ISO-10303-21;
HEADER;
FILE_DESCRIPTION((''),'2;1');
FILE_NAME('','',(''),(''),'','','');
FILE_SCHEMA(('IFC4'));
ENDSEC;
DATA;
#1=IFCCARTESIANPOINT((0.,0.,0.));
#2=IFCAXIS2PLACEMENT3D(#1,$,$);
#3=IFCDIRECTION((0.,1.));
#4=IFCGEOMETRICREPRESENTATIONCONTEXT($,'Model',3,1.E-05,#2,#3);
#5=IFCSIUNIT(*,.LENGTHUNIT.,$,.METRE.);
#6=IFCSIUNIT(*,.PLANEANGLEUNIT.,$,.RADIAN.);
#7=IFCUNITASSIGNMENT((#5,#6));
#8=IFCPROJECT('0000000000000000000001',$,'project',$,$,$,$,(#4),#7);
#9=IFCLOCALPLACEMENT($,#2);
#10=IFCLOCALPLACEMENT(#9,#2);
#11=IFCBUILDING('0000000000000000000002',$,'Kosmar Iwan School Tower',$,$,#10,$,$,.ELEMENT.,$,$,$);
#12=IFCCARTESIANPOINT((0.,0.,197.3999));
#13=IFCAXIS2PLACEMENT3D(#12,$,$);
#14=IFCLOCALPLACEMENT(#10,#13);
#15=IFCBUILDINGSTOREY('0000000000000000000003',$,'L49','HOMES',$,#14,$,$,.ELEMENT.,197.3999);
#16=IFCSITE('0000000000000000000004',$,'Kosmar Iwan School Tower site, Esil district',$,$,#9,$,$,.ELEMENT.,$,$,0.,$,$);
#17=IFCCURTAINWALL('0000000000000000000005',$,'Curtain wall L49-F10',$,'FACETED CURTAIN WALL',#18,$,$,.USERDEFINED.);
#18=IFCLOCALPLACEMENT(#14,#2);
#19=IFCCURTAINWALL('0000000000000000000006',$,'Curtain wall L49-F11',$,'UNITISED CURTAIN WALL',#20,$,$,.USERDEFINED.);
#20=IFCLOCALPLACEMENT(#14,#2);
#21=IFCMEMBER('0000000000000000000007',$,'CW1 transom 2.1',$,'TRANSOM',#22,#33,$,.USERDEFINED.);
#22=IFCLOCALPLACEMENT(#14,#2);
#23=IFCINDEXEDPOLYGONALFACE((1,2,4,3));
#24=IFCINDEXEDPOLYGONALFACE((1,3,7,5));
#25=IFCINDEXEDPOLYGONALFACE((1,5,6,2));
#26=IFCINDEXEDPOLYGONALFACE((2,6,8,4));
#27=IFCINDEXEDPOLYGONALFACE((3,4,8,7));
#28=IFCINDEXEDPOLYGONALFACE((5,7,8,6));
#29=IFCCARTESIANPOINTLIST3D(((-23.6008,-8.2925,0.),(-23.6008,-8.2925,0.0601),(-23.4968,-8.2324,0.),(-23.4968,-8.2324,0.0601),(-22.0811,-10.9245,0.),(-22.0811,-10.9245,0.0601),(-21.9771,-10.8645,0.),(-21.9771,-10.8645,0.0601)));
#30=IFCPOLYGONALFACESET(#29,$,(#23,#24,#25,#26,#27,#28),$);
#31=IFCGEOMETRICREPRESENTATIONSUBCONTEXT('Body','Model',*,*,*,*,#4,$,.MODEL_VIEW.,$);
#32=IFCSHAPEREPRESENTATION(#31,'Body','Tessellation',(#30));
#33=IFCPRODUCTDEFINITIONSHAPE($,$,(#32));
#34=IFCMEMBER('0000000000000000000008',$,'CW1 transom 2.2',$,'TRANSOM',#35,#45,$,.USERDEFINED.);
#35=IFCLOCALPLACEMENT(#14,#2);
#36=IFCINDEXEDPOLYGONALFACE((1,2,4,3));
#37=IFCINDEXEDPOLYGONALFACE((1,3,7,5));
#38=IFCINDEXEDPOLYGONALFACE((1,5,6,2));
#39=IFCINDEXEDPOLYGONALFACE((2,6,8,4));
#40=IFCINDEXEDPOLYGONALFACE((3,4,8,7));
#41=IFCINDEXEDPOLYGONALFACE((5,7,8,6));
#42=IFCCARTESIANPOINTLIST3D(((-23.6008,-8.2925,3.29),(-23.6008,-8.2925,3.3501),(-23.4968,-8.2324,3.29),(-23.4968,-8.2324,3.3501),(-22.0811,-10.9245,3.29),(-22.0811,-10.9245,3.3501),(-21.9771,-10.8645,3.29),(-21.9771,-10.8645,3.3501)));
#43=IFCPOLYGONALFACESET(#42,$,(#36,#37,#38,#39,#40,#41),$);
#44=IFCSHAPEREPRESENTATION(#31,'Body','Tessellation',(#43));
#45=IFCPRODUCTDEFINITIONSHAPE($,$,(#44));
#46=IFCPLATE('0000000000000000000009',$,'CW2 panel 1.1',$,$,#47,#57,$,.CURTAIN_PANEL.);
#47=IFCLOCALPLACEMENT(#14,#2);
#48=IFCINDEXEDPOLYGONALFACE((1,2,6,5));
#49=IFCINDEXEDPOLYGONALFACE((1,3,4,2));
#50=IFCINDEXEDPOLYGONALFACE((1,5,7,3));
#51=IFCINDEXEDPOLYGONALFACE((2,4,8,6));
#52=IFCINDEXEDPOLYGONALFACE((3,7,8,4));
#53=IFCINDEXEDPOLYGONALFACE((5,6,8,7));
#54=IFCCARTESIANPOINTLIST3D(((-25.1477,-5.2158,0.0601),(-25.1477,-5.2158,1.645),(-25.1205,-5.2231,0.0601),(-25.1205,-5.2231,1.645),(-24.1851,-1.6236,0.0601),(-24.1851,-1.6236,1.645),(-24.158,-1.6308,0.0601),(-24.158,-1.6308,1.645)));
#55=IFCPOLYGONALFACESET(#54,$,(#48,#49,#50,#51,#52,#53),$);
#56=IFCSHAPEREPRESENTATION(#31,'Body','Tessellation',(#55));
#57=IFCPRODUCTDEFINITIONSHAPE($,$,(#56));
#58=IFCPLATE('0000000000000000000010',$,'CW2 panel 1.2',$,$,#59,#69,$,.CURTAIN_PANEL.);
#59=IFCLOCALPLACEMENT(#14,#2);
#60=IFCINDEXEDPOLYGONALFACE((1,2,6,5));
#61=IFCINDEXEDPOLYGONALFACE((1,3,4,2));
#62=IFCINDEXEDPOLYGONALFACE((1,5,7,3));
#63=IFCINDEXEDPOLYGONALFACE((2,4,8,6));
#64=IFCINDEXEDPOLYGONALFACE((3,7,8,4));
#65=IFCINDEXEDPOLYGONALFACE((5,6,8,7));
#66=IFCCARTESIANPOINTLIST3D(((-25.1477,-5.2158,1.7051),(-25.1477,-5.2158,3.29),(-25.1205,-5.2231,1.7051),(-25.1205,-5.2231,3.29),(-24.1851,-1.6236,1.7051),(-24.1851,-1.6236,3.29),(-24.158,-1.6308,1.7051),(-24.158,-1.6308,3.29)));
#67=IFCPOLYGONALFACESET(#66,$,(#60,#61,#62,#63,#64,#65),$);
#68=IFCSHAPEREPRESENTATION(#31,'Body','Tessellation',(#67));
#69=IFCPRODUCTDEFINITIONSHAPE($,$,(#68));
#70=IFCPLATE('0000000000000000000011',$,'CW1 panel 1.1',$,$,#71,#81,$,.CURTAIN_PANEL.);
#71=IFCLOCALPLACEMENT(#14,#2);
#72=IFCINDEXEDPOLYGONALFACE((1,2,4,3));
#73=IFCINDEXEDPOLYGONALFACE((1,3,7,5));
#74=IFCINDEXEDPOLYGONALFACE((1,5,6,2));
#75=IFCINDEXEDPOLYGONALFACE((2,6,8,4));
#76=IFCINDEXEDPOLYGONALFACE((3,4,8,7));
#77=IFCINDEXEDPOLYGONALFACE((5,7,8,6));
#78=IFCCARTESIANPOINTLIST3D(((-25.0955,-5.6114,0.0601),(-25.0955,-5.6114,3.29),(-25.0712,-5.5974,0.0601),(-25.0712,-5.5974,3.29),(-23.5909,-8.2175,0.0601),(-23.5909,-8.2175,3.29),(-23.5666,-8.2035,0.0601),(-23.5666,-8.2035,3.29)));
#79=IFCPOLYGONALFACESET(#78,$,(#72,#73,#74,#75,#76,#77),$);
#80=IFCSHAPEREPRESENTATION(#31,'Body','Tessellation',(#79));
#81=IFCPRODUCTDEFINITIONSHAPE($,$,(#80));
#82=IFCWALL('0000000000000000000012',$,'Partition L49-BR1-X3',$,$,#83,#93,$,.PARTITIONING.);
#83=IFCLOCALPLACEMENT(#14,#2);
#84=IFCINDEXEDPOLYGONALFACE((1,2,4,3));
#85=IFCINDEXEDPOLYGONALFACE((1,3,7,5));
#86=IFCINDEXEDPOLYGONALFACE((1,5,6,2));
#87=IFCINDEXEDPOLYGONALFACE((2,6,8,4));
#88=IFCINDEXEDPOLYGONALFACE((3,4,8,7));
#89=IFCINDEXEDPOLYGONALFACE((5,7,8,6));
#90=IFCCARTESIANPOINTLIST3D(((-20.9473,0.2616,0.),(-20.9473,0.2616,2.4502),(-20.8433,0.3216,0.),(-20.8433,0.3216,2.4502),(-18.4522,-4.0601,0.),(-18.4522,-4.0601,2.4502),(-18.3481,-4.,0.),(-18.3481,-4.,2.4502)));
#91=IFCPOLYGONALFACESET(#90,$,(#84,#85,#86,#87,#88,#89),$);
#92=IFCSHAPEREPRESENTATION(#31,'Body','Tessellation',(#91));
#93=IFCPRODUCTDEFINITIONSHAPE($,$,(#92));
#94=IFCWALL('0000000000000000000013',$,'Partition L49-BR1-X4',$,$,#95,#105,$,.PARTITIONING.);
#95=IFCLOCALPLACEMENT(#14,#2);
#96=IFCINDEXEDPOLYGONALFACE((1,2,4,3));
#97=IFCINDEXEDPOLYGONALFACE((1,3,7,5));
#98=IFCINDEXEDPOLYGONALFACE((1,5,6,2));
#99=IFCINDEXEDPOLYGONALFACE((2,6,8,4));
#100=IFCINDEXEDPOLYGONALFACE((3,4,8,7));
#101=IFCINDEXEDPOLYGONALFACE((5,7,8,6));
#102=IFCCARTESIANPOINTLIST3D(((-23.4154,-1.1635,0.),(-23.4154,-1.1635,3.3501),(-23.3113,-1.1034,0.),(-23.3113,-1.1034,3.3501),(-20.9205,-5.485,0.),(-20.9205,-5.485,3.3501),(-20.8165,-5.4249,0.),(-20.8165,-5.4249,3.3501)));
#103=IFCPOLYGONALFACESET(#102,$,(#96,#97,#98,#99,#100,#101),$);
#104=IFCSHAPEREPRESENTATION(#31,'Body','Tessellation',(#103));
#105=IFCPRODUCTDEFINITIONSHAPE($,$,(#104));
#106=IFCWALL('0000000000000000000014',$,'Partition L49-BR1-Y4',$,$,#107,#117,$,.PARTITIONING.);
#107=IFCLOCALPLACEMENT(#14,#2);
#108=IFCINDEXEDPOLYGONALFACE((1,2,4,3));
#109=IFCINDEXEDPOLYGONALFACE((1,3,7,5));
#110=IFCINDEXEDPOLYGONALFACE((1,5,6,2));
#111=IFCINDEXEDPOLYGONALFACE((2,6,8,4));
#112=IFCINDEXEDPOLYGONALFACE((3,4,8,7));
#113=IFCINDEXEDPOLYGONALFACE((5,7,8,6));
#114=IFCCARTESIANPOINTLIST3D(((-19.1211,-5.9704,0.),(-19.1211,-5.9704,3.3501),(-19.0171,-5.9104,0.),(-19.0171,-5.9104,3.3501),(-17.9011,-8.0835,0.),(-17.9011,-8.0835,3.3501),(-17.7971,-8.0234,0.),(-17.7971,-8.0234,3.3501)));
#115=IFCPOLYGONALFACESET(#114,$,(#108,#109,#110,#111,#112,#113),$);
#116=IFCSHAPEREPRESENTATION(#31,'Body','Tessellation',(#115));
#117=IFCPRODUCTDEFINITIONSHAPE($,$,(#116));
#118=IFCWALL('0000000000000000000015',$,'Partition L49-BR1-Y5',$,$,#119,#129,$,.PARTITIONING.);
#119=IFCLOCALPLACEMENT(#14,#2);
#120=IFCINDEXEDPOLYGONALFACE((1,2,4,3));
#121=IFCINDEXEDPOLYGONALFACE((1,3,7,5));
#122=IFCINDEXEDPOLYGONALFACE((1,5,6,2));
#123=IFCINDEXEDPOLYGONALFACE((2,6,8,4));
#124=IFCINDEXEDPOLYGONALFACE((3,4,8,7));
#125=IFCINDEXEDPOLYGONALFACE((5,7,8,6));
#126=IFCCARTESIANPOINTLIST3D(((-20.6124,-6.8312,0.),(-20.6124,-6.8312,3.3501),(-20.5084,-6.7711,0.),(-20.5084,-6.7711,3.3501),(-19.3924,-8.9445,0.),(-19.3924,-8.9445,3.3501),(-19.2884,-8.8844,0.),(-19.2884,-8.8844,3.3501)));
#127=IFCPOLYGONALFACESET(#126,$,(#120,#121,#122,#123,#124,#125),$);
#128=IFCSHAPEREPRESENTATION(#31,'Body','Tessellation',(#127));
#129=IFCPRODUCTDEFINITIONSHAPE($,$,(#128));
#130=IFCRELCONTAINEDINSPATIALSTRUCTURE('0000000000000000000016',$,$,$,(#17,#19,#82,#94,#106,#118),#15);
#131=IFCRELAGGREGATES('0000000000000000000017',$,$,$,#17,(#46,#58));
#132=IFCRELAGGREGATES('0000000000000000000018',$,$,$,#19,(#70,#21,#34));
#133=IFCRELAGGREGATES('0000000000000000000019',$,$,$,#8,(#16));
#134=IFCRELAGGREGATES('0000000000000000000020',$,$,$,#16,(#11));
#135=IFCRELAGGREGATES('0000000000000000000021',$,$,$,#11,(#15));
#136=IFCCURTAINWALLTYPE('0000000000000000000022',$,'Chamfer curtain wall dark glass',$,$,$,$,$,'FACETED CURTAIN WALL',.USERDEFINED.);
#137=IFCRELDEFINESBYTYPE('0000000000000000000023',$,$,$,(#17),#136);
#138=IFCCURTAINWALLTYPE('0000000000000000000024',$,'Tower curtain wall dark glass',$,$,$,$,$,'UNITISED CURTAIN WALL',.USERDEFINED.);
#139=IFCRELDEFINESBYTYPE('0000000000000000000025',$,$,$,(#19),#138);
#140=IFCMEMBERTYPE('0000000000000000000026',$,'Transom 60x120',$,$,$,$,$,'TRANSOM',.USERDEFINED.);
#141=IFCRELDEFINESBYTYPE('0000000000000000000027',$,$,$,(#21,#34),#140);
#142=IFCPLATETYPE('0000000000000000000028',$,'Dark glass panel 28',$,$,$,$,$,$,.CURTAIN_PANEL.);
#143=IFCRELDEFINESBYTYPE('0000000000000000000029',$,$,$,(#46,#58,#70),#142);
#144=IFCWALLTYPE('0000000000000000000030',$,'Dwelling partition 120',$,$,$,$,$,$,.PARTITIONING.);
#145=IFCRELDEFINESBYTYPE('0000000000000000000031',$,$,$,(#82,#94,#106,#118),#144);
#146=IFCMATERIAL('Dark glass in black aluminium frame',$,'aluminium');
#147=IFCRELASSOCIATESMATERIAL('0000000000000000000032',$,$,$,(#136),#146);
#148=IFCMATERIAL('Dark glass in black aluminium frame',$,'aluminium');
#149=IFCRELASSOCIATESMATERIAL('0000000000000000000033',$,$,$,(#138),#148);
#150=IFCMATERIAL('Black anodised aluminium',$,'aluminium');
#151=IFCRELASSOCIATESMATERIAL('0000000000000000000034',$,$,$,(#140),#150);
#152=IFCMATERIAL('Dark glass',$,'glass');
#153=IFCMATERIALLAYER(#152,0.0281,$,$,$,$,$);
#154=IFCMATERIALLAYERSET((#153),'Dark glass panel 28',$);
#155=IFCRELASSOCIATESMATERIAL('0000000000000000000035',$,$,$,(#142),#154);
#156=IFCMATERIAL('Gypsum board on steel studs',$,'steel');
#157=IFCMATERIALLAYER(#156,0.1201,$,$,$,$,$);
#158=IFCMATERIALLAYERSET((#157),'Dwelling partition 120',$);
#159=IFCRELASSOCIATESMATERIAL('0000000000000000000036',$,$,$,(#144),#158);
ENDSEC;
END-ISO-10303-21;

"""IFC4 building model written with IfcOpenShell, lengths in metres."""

from ifc_helpers import new_model, si_unit, direction, frame, frame_2d, origin, origin_2d, place, context, subcontext, project, spatial, rectangle, extrude, material, layer, layer_set, material_profile, profile_set, type_object, element, aggregate, save


model = new_model("IFC4")

# Units and contexts
model_context = context("Model", 3, precision=1e-05, world=origin(), true_north=direction((0.0, 1.0)))
body_context = subcontext(model_context, "Body", "Model", "MODEL_VIEW")
ifc_project = project(units=[si_unit("LENGTHUNIT", "METRE"), si_unit("PLANEANGLEUNIT", "RADIAN")], contexts=[model_context])

# Site, building, storey
site_placement = place(None, origin())
site = spatial("IfcSite", under=ifc_project, at=site_placement, Name="Kosmar Iwan School Tower site, Esil district", CompositionType="ELEMENT", RefElevation=0.0)
building_placement = place(site_placement, origin())
building = spatial("IfcBuilding", under=site, at=building_placement, Name="Kosmar Iwan School Tower", CompositionType="ELEMENT")
storey_placement = place(building_placement, frame((0.0, 0.0, 197.3999)))
storey = spatial("IfcBuildingStorey", under=building, at=storey_placement, Name="L49", Description="HOMES", CompositionType="ELEMENT", Elevation=197.3999)

# Curtain walls
ifc_material_1 = material(Name="Dark glass in black aluminium frame", Category="aluminium")
curtain_wall_type_1 = type_object("IfcCurtainWallType", Name="Chamfer curtain wall dark glass", ElementType="FACETED CURTAIN WALL", PredefinedType="USERDEFINED", material=ifc_material_1)
curtain_wall_1_placement = place(storey_placement, origin())
curtain_wall_1 = element("IfcCurtainWall", 1, at=curtain_wall_1_placement, inside=storey, type_object=curtain_wall_type_1, Name="Curtain wall L49-F10", ObjectType="FACETED CURTAIN WALL", PredefinedType="USERDEFINED")
ifc_material_2 = material(Name="Dark glass in black aluminium frame", Category="aluminium")
curtain_wall_type_2 = type_object("IfcCurtainWallType", Name="Tower curtain wall dark glass", ElementType="UNITISED CURTAIN WALL", PredefinedType="USERDEFINED", material=ifc_material_2)
curtain_wall_2_placement = place(storey_placement, origin())
curtain_wall_2 = element("IfcCurtainWall", 2, at=curtain_wall_2_placement, inside=storey, type_object=curtain_wall_type_2, Name="Curtain wall L49-F11", ObjectType="UNITISED CURTAIN WALL", PredefinedType="USERDEFINED")

# Members
ifc_material_3 = material(Name="Black anodised aluminium", Category="aluminium")
ifc_material_profile_1 = material_profile(ifc_material_3, rectangle(XDim=0.1201, YDim=0.0601, at=origin_2d()), Name="TRANSOM 60x120")
ifc_profile_set_1 = profile_set([ifc_material_profile_1], Name="Black anodised aluminium")
member_type_1 = type_object("IfcMemberType", Name="Transom 60x120", ElementType="TRANSOM", PredefinedType="USERDEFINED", material=ifc_profile_set_1)
member_1_placement = place(storey_placement, frame((-23.5488, -8.2625, 0.03), z_axis=(0.500035, -0.866005, 0.0), x_axis=(0.866005, 0.500035, 0.0)))
member_1 = element("IfcMember", 3, at=member_1_placement, type_object=member_type_1, Name="CW1 transom 2.1", ObjectType="TRANSOM", PredefinedType="USERDEFINED", context=body_context, shape_type="SweptSolid", body=[
    extrude(rectangle(XDim=0.1201, YDim=0.0601, at=origin_2d()), origin(), (0.0, 0.0, 1.0), 3.0393),
])
member_2_placement = place(storey_placement, frame((-23.5488, -8.2625, 3.3201), z_axis=(0.500035, -0.866005, 0.0), x_axis=(0.866005, 0.500035, 0.0)))
member_2 = element("IfcMember", 4, at=member_2_placement, type_object=member_type_1, Name="CW1 transom 2.2", ObjectType="TRANSOM", PredefinedType="USERDEFINED", context=body_context, shape_type="SweptSolid", body=[
    extrude(rectangle(XDim=0.1201, YDim=0.0601, at=origin_2d()), origin(), (0.0, 0.0, 1.0), 3.0393),
])

# Plates
ifc_material_4 = material(Name="Dark glass", Category="glass")
ifc_layer_1 = layer(ifc_material_4, 0.0281)
ifc_layer_set_1 = layer_set([ifc_layer_1], Name="Dark glass panel 28")
plate_type = type_object("IfcPlateType", Name="Dark glass panel 28", PredefinedType="CURTAIN_PANEL", material=ifc_layer_set_1)
plate_1_placement = place(storey_placement, frame((-24.6528, -3.4233, 0.0601), z_axis=(0.0, 0.0, 1.0), x_axis=(-0.258819, -0.965926, 0.0)))
plate_1 = element("IfcPlate", 5, at=plate_1_placement, type_object=plate_type, Name="CW2 panel 1.1", PredefinedType="CURTAIN_PANEL", context=body_context, shape_type="SweptSolid", body=[
    extrude(rectangle(XDim=3.719, YDim=0.0281, at=origin_2d()), origin(), (0.0, 0.0, 1.0), 1.585),
])
plate_2_placement = place(storey_placement, frame((-24.6528, -3.4233, 1.7051), z_axis=(0.0, 0.0, 1.0), x_axis=(-0.258819, -0.965926, 0.0)))
plate_2 = element("IfcPlate", 6, at=plate_2_placement, type_object=plate_type, Name="CW2 panel 1.2", PredefinedType="CURTAIN_PANEL", context=body_context, shape_type="SweptSolid", body=[
    extrude(rectangle(XDim=3.719, YDim=0.0281, at=origin_2d()), origin(), (0.0, 0.0, 1.0), 1.585),
])
aggregate(curtain_wall_1, [plate_1, plate_2])
plate_3_placement = place(storey_placement, frame((-24.3311, -6.9075, 0.0601), z_axis=(0.0, 0.0, 1.0), x_axis=(0.5, -0.866025, 0.0)))
plate_3 = element("IfcPlate", 7, at=plate_3_placement, type_object=plate_type, Name="CW1 panel 1.1", PredefinedType="CURTAIN_PANEL", context=body_context, shape_type="SweptSolid", body=[
    extrude(rectangle(XDim=3.0093, YDim=0.0281, at=origin_2d()), origin(), (0.0, 0.0, 1.0), 3.23),
])
aggregate(curtain_wall_2, [plate_3, member_1, member_2])

# Walls
ifc_material_5 = material(Name="Gypsum board on steel studs", Category="steel")
ifc_layer_2 = layer(ifc_material_5, 0.1201)
ifc_layer_set_2 = layer_set([ifc_layer_2], Name="Dwelling partition 120")
wall_type = type_object("IfcWallType", Name="Dwelling partition 120", PredefinedType="PARTITIONING", material=ifc_layer_set_2)
wall_1_placement = place(storey_placement, frame((-18.4001, -4.03, 0.0), z_axis=(0.0, 0.0, 1.0), x_axis=(-0.500012, 0.866019, 0.0)))
element("IfcWall", 8, at=wall_1_placement, inside=storey, type_object=wall_type, Name="Partition L49-BR1-X3", PredefinedType="PARTITIONING", context=body_context, shape_type="SweptSolid", body=[
    extrude(rectangle(XDim=4.9902, YDim=0.1201, at=frame_2d((2.4951, 0.0))), origin(), (0.0, 0.0, 1.0), 2.4502),
])
wall_2_placement = place(storey_placement, frame((-20.8684, -5.4551, 0.0), z_axis=(0.0, 0.0, 1.0), x_axis=(-0.499975, 0.86604, 0.0)))
element("IfcWall", 9, at=wall_2_placement, inside=storey, type_object=wall_type, Name="Partition L49-BR1-X4", PredefinedType="PARTITIONING", context=body_context, shape_type="SweptSolid", body=[
    extrude(rectangle(XDim=4.99, YDim=0.1201, at=frame_2d((2.4951, 0.0))), origin(), (0.0, 0.0, 1.0), 3.3501),
])
wall_3_placement = place(storey_placement, frame((-17.8491, -8.0535, 0.0), z_axis=(0.0, 0.0, 1.0), x_axis=(-0.500003, 0.866024, 0.0)))
element("IfcWall", 10, at=wall_3_placement, inside=storey, type_object=wall_type, Name="Partition L49-BR1-Y4", PredefinedType="PARTITIONING", context=body_context, shape_type="SweptSolid", body=[
    extrude(rectangle(XDim=2.4399, YDim=0.1201, at=frame_2d((1.22, 0.0))), origin(), (0.0, 0.0, 1.0), 3.3501),
])
wall_4_placement = place(storey_placement, frame((-19.3403, -8.9146, 0.0), z_axis=(0.0, 0.0, 1.0), x_axis=(-0.499959, 0.866049, 0.0)))
element("IfcWall", 11, at=wall_4_placement, inside=storey, type_object=wall_type, Name="Partition L49-BR1-Y5", PredefinedType="PARTITIONING", context=body_context, shape_type="SweptSolid", body=[
    extrude(rectangle(XDim=2.4402, YDim=0.1201, at=frame_2d((1.2202, 0.0))), origin(), (0.0, 0.0, 1.0), 3.3501),
])

save(model, "model.ifc")
